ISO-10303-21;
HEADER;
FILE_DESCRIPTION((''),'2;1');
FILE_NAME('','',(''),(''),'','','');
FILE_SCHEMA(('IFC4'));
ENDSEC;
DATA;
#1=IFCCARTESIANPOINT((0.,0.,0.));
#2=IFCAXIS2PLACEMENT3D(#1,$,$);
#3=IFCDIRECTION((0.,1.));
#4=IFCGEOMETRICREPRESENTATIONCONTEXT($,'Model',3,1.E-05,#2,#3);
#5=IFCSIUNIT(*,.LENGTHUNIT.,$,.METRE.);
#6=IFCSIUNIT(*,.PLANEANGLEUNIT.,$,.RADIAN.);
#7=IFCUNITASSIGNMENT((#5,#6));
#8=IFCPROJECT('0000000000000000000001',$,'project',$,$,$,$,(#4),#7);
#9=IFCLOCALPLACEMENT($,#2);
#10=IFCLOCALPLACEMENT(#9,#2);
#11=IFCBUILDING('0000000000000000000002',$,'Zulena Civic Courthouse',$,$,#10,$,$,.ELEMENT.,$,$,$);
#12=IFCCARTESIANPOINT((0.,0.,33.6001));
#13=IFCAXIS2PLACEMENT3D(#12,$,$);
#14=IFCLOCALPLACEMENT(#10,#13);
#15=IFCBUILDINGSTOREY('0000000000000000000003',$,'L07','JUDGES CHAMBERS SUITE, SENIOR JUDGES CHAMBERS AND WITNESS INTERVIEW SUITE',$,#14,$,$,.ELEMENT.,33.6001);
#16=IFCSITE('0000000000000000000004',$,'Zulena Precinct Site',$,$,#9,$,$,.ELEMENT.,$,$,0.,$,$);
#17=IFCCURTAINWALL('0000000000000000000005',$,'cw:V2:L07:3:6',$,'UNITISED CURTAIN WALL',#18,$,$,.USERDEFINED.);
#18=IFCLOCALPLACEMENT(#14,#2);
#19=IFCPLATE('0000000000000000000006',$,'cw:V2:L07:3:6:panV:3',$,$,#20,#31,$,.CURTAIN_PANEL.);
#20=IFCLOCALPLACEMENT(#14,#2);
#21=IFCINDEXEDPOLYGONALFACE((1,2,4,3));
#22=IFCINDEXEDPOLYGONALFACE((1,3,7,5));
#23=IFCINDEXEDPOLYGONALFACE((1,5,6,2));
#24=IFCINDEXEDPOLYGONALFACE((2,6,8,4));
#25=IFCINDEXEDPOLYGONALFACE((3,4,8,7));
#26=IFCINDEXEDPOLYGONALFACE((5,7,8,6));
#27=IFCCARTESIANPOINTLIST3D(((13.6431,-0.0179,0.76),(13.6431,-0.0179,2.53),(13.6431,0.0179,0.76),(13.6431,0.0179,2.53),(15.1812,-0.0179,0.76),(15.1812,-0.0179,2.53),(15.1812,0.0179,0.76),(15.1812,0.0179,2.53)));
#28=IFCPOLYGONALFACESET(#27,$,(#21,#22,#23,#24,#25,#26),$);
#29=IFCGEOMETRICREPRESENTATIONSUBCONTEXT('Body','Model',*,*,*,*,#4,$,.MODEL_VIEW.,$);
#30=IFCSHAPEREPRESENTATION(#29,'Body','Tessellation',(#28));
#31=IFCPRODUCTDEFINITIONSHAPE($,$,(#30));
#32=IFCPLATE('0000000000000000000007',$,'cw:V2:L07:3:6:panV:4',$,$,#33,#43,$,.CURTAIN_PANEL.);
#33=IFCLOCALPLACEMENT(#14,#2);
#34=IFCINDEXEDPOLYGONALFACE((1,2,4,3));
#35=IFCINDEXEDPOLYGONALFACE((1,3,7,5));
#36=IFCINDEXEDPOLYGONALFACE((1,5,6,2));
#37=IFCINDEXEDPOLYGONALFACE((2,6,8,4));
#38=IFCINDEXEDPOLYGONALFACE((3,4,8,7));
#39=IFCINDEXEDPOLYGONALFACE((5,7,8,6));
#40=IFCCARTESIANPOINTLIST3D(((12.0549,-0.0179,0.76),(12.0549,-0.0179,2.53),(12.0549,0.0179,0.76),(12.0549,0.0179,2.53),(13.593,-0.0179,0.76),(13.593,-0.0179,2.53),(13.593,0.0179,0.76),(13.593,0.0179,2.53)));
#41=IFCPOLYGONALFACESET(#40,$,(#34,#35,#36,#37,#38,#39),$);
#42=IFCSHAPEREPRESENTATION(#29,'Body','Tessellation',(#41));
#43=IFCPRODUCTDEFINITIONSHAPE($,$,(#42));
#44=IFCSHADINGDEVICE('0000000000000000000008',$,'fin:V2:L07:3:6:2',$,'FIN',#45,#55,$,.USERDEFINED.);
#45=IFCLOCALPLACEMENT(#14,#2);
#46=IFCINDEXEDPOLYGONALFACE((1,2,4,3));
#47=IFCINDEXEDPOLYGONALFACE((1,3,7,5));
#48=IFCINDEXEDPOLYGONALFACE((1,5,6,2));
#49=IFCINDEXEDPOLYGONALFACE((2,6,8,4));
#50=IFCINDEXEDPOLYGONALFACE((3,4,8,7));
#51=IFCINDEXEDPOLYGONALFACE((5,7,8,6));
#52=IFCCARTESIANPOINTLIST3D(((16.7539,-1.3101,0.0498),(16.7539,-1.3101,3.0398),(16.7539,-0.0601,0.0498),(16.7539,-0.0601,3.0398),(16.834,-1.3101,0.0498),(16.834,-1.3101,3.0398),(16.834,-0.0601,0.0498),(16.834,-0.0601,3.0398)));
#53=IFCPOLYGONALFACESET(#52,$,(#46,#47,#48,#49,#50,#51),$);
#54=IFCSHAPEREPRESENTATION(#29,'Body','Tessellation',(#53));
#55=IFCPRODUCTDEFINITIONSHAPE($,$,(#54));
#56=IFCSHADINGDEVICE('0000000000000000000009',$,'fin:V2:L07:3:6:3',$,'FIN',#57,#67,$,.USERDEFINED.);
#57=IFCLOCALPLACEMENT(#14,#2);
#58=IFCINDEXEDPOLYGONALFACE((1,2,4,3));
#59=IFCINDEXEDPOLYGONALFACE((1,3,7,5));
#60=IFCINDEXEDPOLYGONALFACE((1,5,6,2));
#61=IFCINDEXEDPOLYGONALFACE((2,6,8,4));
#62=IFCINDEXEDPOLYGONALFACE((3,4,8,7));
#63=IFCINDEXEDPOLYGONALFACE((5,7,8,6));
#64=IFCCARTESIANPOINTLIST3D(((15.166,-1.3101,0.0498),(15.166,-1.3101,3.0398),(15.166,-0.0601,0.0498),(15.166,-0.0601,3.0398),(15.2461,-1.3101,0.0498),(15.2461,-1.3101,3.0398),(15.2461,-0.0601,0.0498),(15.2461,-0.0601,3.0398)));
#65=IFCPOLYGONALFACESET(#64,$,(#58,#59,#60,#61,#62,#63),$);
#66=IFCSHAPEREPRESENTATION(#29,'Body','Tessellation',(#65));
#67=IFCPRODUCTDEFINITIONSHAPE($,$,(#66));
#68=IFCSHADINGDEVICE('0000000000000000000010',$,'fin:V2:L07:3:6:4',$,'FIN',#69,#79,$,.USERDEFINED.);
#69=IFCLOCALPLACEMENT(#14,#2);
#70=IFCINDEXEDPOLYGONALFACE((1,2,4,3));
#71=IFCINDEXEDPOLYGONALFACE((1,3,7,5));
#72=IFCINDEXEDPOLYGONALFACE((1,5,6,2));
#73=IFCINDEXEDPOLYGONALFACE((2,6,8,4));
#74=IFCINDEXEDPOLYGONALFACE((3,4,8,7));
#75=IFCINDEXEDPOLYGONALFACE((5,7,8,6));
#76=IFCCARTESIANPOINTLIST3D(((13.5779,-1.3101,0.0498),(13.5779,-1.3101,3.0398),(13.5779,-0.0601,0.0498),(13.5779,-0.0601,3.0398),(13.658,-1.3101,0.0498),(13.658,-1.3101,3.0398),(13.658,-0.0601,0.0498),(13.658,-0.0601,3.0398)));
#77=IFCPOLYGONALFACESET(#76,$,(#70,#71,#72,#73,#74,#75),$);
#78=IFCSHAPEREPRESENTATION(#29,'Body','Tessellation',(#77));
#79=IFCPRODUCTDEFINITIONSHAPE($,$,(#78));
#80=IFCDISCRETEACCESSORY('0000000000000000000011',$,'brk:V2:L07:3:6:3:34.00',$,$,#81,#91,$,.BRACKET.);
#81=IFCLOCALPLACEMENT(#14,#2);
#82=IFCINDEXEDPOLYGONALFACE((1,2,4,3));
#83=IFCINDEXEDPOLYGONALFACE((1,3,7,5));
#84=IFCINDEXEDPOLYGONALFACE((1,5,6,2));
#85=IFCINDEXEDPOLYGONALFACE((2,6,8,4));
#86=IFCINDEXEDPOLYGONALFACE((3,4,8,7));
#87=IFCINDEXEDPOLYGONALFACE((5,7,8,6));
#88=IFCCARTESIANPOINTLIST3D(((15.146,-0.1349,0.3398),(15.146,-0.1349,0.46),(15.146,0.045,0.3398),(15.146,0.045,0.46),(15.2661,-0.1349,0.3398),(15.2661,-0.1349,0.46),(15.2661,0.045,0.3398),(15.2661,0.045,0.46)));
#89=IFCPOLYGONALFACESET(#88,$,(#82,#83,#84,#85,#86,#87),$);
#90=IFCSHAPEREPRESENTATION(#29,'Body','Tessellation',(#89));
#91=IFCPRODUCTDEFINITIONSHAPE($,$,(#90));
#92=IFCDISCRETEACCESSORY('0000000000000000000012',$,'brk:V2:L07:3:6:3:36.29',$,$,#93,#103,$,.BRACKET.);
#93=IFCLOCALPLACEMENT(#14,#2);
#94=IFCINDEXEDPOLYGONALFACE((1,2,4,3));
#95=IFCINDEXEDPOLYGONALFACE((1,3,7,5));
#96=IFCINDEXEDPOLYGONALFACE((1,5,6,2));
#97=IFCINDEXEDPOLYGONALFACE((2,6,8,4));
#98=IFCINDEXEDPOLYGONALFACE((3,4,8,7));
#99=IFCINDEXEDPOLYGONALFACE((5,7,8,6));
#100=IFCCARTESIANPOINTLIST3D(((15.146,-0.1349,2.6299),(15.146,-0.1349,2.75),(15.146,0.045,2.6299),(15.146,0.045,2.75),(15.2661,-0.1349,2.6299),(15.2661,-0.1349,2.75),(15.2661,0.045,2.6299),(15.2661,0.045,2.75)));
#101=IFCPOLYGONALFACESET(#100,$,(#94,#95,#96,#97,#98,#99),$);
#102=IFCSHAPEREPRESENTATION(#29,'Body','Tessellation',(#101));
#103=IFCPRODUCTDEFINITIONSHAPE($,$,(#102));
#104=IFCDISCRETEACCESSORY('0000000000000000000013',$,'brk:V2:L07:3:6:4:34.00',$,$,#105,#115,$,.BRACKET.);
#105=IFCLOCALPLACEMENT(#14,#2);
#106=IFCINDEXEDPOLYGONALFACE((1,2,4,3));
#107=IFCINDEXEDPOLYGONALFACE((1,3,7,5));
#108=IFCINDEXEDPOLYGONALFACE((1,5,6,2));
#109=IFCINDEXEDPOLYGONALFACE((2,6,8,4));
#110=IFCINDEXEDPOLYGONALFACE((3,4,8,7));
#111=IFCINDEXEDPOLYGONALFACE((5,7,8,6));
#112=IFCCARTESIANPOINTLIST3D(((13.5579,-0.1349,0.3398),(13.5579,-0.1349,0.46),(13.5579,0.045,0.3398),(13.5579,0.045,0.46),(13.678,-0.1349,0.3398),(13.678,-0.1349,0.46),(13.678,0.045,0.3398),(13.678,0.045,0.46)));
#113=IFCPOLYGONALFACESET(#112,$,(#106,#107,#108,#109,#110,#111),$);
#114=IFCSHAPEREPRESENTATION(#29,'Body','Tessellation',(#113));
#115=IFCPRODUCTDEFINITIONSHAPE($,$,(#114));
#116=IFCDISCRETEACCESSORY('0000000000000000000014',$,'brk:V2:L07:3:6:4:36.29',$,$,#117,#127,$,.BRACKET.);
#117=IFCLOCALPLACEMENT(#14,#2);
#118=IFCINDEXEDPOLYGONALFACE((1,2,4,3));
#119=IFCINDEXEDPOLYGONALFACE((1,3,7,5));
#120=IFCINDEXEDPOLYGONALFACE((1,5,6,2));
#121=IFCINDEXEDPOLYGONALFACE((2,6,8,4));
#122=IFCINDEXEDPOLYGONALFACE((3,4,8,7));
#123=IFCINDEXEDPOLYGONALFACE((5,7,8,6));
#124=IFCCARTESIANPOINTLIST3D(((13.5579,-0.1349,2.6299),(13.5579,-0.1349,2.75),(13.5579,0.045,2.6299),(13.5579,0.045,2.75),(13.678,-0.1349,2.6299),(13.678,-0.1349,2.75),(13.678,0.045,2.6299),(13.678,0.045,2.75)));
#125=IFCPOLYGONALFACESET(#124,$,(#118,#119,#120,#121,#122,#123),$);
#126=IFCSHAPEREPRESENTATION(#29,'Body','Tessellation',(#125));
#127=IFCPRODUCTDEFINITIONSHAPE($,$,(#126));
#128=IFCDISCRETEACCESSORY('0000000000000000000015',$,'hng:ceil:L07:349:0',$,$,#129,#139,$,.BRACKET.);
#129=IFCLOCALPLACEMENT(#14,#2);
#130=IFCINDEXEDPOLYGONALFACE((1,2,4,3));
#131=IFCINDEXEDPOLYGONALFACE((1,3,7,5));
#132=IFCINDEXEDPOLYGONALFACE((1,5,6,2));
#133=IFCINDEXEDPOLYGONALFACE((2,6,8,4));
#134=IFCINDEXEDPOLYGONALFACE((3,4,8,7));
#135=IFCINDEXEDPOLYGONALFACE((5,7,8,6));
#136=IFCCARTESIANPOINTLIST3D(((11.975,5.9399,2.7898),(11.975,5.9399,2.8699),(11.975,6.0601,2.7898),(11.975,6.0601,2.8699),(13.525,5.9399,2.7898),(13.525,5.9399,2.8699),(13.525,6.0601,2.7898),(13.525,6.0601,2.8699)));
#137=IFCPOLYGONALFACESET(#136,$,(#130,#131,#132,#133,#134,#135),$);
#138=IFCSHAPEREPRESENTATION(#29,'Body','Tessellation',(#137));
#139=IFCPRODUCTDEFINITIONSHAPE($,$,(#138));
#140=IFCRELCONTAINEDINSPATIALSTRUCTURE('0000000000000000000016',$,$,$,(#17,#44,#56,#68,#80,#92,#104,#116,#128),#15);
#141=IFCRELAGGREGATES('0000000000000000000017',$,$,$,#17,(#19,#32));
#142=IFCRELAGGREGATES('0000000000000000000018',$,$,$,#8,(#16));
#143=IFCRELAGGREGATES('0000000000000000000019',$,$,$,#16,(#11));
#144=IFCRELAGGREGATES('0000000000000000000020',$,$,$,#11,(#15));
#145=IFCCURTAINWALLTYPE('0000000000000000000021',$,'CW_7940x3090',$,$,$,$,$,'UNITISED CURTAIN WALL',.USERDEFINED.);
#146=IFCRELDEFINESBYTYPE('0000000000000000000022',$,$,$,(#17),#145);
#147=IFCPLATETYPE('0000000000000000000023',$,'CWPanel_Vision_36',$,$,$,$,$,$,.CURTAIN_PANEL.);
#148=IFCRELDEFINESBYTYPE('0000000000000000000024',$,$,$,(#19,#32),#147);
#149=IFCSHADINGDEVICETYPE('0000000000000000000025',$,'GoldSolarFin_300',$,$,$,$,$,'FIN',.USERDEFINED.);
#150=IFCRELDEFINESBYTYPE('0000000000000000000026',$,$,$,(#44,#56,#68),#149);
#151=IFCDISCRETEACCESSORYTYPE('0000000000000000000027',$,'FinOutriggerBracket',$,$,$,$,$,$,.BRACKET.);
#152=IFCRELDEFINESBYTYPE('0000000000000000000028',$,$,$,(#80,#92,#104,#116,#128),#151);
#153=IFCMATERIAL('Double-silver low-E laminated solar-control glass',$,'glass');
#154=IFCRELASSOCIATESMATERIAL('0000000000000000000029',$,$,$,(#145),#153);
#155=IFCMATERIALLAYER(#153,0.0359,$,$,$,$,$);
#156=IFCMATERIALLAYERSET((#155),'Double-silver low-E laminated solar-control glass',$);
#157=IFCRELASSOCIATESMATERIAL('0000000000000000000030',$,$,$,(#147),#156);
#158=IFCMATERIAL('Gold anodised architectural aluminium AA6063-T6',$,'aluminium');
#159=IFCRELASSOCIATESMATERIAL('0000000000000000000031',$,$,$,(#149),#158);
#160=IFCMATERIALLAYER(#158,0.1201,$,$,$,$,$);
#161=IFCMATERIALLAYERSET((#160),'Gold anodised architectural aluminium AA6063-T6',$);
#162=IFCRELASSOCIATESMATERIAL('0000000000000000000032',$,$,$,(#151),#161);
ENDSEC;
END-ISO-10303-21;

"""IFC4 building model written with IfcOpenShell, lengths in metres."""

from ifc_helpers import new_model, si_unit, direction, frame, origin, origin_2d, place, context, subcontext, project, spatial, rectangle, extrude, material, layer, layer_set, type_object, element, aggregate, save


model = new_model("IFC4")

# Units and contexts
model_context = context("Model", 3, precision=1e-05, world=origin(), true_north=direction((0.0, 1.0)))
body_context = subcontext(model_context, "Body", "Model", "MODEL_VIEW")
ifc_project = project(units=[si_unit("LENGTHUNIT", "METRE"), si_unit("PLANEANGLEUNIT", "RADIAN")], contexts=[model_context])

# Site, building, storey
site_placement = place(None, origin())
site = spatial("IfcSite", under=ifc_project, at=site_placement, Name="Zulena Precinct Site", CompositionType="ELEMENT", RefElevation=0.0)
building_placement = place(site_placement, origin())
building = spatial("IfcBuilding", under=site, at=building_placement, Name="Zulena Civic Courthouse", CompositionType="ELEMENT")
storey_placement = place(building_placement, frame((0.0, 0.0, 33.6001)))
storey = spatial("IfcBuildingStorey", under=building, at=storey_placement, Name="L07", Description="JUDGES CHAMBERS SUITE, SENIOR JUDGES CHAMBERS AND WITNESS INTERVIEW SUITE", CompositionType="ELEMENT", Elevation=33.6001)

# Curtain wall
ifc_material_1 = material(Name="Double-silver low-E laminated solar-control glass", Category="glass")
curtain_wall_type = type_object("IfcCurtainWallType", Name="CW_7940x3090", ElementType="UNITISED CURTAIN WALL", PredefinedType="USERDEFINED", material=ifc_material_1)
curtain_wall_placement = place(storey_placement, origin())
curtain_wall = element("IfcCurtainWall", 1, at=curtain_wall_placement, inside=storey, type_object=curtain_wall_type, Name="cw:V2:L07:3:6", ObjectType="UNITISED CURTAIN WALL", PredefinedType="USERDEFINED")

# Plates
ifc_layer_1 = layer(ifc_material_1, 0.0359)
ifc_layer_set_1 = layer_set([ifc_layer_1], Name="Double-silver low-E laminated solar-control glass")
plate_type_1 = type_object("IfcPlateType", Name="CWPanel_Vision_36", PredefinedType="CURTAIN_PANEL", material=ifc_layer_set_1)
plate_1_placement = place(storey_placement, frame((14.4121, 0.0, 0.76), z_axis=(0.0, 0.0, 1.0), x_axis=(-1.0, 0.0, 0.0)))
plate_1 = element("IfcPlate", 2, at=plate_1_placement, type_object=plate_type_1, Name="cw:V2:L07:3:6:panV:3", PredefinedType="CURTAIN_PANEL", context=body_context, shape_type="SweptSolid", body=[
    extrude(rectangle(XDim=1.5381, YDim=0.0359, at=origin_2d()), origin(), (0.0, 0.0, 1.0), 1.77),
])
plate_2_placement = place(storey_placement, frame((12.824, 0.0, 0.76), z_axis=(0.0, 0.0, 1.0), x_axis=(-1.0, 0.0, 0.0)))
plate_2 = element("IfcPlate", 3, at=plate_2_placement, type_object=plate_type_1, Name="cw:V2:L07:3:6:panV:4", PredefinedType="CURTAIN_PANEL", context=body_context, shape_type="SweptSolid", body=[
    extrude(rectangle(XDim=1.5381, YDim=0.0359, at=origin_2d()), origin(), (0.0, 0.0, 1.0), 1.77),
])
aggregate(curtain_wall, [plate_1, plate_2])

# Shading devices
ifc_material_2 = material(Name="Gold anodised architectural aluminium AA6063-T6", Category="aluminium")
shading_device_type = type_object("IfcShadingDeviceType", Name="GoldSolarFin_300", ElementType="FIN", PredefinedType="USERDEFINED", material=ifc_material_2)
for number, where, z_axis, x_axis, name in (
    (4, (16.7939, -0.6851, 0.0498), (0.0, 0.0, 1.0), (0.0, -1.0, 0.0), "fin:V2:L07:3:6:2"),
    (5, (15.2061, -0.6851, 0.0498), (0.0, 0.0, 1.0), (0.0, -1.0, 0.0), "fin:V2:L07:3:6:3"),
    (6, (13.6179, -0.6851, 0.0498), (0.0, 0.0, 1.0), (0.0, -1.0, 0.0), "fin:V2:L07:3:6:4"),
):
    element("IfcShadingDevice", number, at=place(storey_placement, frame(where, z_axis=z_axis, x_axis=x_axis)), inside=storey, type_object=shading_device_type, Name=name, ObjectType="FIN", PredefinedType="USERDEFINED", context=body_context, shape_type="SweptSolid", body=[
        extrude(rectangle(XDim=1.25, YDim=0.0801, at=origin_2d()), origin(), (0.0, 0.0, 1.0), 2.99),
    ])

# Discrete accessories
ifc_layer_2 = layer(ifc_material_2, 0.1201)
ifc_layer_set_2 = layer_set([ifc_layer_2], Name="Gold anodised architectural aluminium AA6063-T6")
discrete_accessory_type = type_object("IfcDiscreteAccessoryType", Name="FinOutriggerBracket", PredefinedType="BRACKET", material=ifc_layer_set_2)
for number, where, z_axis, x_axis, name in (
    (7, (15.2061, -0.0449, 0.3398), (0.0, 0.0, 1.0), (0.0, -1.0, 0.0), "brk:V2:L07:3:6:3:34.00"),
    (8, (15.2061, -0.0449, 2.6299), (0.0, 0.0, 1.0), (0.0, -1.0, 0.0), "brk:V2:L07:3:6:3:36.29"),
    (9, (13.6179, -0.0449, 0.3398), (0.0, 0.0, 1.0), (0.0, -1.0, 0.0), "brk:V2:L07:3:6:4:34.00"),
    (10, (13.6179, -0.0449, 2.6299), (0.0, 0.0, 1.0), (0.0, -1.0, 0.0), "brk:V2:L07:3:6:4:36.29"),
):
    element("IfcDiscreteAccessory", number, at=place(storey_placement, frame(where, z_axis=z_axis, x_axis=x_axis)), inside=storey, type_object=discrete_accessory_type, Name=name, PredefinedType="BRACKET", context=body_context, shape_type="SweptSolid", body=[
        extrude(rectangle(XDim=0.1799, YDim=0.1201, at=origin_2d()), origin(), (0.0, 0.0, 1.0), 0.1201),
    ])
discrete_accessory_placement = place(storey_placement, frame((12.75, 6.0, 2.7898), z_axis=(0.0, 0.0, 1.0), x_axis=(1.0, 0.0, 0.0)))
element("IfcDiscreteAccessory", 11, at=discrete_accessory_placement, inside=storey, type_object=discrete_accessory_type, Name="hng:ceil:L07:349:0", PredefinedType="BRACKET", context=body_context, shape_type="SweptSolid", body=[
    extrude(rectangle(XDim=1.55, YDim=0.1201, at=origin_2d()), origin(), (0.0, 0.0, 1.0), 0.0801),
])

save(model, "model.ifc")
